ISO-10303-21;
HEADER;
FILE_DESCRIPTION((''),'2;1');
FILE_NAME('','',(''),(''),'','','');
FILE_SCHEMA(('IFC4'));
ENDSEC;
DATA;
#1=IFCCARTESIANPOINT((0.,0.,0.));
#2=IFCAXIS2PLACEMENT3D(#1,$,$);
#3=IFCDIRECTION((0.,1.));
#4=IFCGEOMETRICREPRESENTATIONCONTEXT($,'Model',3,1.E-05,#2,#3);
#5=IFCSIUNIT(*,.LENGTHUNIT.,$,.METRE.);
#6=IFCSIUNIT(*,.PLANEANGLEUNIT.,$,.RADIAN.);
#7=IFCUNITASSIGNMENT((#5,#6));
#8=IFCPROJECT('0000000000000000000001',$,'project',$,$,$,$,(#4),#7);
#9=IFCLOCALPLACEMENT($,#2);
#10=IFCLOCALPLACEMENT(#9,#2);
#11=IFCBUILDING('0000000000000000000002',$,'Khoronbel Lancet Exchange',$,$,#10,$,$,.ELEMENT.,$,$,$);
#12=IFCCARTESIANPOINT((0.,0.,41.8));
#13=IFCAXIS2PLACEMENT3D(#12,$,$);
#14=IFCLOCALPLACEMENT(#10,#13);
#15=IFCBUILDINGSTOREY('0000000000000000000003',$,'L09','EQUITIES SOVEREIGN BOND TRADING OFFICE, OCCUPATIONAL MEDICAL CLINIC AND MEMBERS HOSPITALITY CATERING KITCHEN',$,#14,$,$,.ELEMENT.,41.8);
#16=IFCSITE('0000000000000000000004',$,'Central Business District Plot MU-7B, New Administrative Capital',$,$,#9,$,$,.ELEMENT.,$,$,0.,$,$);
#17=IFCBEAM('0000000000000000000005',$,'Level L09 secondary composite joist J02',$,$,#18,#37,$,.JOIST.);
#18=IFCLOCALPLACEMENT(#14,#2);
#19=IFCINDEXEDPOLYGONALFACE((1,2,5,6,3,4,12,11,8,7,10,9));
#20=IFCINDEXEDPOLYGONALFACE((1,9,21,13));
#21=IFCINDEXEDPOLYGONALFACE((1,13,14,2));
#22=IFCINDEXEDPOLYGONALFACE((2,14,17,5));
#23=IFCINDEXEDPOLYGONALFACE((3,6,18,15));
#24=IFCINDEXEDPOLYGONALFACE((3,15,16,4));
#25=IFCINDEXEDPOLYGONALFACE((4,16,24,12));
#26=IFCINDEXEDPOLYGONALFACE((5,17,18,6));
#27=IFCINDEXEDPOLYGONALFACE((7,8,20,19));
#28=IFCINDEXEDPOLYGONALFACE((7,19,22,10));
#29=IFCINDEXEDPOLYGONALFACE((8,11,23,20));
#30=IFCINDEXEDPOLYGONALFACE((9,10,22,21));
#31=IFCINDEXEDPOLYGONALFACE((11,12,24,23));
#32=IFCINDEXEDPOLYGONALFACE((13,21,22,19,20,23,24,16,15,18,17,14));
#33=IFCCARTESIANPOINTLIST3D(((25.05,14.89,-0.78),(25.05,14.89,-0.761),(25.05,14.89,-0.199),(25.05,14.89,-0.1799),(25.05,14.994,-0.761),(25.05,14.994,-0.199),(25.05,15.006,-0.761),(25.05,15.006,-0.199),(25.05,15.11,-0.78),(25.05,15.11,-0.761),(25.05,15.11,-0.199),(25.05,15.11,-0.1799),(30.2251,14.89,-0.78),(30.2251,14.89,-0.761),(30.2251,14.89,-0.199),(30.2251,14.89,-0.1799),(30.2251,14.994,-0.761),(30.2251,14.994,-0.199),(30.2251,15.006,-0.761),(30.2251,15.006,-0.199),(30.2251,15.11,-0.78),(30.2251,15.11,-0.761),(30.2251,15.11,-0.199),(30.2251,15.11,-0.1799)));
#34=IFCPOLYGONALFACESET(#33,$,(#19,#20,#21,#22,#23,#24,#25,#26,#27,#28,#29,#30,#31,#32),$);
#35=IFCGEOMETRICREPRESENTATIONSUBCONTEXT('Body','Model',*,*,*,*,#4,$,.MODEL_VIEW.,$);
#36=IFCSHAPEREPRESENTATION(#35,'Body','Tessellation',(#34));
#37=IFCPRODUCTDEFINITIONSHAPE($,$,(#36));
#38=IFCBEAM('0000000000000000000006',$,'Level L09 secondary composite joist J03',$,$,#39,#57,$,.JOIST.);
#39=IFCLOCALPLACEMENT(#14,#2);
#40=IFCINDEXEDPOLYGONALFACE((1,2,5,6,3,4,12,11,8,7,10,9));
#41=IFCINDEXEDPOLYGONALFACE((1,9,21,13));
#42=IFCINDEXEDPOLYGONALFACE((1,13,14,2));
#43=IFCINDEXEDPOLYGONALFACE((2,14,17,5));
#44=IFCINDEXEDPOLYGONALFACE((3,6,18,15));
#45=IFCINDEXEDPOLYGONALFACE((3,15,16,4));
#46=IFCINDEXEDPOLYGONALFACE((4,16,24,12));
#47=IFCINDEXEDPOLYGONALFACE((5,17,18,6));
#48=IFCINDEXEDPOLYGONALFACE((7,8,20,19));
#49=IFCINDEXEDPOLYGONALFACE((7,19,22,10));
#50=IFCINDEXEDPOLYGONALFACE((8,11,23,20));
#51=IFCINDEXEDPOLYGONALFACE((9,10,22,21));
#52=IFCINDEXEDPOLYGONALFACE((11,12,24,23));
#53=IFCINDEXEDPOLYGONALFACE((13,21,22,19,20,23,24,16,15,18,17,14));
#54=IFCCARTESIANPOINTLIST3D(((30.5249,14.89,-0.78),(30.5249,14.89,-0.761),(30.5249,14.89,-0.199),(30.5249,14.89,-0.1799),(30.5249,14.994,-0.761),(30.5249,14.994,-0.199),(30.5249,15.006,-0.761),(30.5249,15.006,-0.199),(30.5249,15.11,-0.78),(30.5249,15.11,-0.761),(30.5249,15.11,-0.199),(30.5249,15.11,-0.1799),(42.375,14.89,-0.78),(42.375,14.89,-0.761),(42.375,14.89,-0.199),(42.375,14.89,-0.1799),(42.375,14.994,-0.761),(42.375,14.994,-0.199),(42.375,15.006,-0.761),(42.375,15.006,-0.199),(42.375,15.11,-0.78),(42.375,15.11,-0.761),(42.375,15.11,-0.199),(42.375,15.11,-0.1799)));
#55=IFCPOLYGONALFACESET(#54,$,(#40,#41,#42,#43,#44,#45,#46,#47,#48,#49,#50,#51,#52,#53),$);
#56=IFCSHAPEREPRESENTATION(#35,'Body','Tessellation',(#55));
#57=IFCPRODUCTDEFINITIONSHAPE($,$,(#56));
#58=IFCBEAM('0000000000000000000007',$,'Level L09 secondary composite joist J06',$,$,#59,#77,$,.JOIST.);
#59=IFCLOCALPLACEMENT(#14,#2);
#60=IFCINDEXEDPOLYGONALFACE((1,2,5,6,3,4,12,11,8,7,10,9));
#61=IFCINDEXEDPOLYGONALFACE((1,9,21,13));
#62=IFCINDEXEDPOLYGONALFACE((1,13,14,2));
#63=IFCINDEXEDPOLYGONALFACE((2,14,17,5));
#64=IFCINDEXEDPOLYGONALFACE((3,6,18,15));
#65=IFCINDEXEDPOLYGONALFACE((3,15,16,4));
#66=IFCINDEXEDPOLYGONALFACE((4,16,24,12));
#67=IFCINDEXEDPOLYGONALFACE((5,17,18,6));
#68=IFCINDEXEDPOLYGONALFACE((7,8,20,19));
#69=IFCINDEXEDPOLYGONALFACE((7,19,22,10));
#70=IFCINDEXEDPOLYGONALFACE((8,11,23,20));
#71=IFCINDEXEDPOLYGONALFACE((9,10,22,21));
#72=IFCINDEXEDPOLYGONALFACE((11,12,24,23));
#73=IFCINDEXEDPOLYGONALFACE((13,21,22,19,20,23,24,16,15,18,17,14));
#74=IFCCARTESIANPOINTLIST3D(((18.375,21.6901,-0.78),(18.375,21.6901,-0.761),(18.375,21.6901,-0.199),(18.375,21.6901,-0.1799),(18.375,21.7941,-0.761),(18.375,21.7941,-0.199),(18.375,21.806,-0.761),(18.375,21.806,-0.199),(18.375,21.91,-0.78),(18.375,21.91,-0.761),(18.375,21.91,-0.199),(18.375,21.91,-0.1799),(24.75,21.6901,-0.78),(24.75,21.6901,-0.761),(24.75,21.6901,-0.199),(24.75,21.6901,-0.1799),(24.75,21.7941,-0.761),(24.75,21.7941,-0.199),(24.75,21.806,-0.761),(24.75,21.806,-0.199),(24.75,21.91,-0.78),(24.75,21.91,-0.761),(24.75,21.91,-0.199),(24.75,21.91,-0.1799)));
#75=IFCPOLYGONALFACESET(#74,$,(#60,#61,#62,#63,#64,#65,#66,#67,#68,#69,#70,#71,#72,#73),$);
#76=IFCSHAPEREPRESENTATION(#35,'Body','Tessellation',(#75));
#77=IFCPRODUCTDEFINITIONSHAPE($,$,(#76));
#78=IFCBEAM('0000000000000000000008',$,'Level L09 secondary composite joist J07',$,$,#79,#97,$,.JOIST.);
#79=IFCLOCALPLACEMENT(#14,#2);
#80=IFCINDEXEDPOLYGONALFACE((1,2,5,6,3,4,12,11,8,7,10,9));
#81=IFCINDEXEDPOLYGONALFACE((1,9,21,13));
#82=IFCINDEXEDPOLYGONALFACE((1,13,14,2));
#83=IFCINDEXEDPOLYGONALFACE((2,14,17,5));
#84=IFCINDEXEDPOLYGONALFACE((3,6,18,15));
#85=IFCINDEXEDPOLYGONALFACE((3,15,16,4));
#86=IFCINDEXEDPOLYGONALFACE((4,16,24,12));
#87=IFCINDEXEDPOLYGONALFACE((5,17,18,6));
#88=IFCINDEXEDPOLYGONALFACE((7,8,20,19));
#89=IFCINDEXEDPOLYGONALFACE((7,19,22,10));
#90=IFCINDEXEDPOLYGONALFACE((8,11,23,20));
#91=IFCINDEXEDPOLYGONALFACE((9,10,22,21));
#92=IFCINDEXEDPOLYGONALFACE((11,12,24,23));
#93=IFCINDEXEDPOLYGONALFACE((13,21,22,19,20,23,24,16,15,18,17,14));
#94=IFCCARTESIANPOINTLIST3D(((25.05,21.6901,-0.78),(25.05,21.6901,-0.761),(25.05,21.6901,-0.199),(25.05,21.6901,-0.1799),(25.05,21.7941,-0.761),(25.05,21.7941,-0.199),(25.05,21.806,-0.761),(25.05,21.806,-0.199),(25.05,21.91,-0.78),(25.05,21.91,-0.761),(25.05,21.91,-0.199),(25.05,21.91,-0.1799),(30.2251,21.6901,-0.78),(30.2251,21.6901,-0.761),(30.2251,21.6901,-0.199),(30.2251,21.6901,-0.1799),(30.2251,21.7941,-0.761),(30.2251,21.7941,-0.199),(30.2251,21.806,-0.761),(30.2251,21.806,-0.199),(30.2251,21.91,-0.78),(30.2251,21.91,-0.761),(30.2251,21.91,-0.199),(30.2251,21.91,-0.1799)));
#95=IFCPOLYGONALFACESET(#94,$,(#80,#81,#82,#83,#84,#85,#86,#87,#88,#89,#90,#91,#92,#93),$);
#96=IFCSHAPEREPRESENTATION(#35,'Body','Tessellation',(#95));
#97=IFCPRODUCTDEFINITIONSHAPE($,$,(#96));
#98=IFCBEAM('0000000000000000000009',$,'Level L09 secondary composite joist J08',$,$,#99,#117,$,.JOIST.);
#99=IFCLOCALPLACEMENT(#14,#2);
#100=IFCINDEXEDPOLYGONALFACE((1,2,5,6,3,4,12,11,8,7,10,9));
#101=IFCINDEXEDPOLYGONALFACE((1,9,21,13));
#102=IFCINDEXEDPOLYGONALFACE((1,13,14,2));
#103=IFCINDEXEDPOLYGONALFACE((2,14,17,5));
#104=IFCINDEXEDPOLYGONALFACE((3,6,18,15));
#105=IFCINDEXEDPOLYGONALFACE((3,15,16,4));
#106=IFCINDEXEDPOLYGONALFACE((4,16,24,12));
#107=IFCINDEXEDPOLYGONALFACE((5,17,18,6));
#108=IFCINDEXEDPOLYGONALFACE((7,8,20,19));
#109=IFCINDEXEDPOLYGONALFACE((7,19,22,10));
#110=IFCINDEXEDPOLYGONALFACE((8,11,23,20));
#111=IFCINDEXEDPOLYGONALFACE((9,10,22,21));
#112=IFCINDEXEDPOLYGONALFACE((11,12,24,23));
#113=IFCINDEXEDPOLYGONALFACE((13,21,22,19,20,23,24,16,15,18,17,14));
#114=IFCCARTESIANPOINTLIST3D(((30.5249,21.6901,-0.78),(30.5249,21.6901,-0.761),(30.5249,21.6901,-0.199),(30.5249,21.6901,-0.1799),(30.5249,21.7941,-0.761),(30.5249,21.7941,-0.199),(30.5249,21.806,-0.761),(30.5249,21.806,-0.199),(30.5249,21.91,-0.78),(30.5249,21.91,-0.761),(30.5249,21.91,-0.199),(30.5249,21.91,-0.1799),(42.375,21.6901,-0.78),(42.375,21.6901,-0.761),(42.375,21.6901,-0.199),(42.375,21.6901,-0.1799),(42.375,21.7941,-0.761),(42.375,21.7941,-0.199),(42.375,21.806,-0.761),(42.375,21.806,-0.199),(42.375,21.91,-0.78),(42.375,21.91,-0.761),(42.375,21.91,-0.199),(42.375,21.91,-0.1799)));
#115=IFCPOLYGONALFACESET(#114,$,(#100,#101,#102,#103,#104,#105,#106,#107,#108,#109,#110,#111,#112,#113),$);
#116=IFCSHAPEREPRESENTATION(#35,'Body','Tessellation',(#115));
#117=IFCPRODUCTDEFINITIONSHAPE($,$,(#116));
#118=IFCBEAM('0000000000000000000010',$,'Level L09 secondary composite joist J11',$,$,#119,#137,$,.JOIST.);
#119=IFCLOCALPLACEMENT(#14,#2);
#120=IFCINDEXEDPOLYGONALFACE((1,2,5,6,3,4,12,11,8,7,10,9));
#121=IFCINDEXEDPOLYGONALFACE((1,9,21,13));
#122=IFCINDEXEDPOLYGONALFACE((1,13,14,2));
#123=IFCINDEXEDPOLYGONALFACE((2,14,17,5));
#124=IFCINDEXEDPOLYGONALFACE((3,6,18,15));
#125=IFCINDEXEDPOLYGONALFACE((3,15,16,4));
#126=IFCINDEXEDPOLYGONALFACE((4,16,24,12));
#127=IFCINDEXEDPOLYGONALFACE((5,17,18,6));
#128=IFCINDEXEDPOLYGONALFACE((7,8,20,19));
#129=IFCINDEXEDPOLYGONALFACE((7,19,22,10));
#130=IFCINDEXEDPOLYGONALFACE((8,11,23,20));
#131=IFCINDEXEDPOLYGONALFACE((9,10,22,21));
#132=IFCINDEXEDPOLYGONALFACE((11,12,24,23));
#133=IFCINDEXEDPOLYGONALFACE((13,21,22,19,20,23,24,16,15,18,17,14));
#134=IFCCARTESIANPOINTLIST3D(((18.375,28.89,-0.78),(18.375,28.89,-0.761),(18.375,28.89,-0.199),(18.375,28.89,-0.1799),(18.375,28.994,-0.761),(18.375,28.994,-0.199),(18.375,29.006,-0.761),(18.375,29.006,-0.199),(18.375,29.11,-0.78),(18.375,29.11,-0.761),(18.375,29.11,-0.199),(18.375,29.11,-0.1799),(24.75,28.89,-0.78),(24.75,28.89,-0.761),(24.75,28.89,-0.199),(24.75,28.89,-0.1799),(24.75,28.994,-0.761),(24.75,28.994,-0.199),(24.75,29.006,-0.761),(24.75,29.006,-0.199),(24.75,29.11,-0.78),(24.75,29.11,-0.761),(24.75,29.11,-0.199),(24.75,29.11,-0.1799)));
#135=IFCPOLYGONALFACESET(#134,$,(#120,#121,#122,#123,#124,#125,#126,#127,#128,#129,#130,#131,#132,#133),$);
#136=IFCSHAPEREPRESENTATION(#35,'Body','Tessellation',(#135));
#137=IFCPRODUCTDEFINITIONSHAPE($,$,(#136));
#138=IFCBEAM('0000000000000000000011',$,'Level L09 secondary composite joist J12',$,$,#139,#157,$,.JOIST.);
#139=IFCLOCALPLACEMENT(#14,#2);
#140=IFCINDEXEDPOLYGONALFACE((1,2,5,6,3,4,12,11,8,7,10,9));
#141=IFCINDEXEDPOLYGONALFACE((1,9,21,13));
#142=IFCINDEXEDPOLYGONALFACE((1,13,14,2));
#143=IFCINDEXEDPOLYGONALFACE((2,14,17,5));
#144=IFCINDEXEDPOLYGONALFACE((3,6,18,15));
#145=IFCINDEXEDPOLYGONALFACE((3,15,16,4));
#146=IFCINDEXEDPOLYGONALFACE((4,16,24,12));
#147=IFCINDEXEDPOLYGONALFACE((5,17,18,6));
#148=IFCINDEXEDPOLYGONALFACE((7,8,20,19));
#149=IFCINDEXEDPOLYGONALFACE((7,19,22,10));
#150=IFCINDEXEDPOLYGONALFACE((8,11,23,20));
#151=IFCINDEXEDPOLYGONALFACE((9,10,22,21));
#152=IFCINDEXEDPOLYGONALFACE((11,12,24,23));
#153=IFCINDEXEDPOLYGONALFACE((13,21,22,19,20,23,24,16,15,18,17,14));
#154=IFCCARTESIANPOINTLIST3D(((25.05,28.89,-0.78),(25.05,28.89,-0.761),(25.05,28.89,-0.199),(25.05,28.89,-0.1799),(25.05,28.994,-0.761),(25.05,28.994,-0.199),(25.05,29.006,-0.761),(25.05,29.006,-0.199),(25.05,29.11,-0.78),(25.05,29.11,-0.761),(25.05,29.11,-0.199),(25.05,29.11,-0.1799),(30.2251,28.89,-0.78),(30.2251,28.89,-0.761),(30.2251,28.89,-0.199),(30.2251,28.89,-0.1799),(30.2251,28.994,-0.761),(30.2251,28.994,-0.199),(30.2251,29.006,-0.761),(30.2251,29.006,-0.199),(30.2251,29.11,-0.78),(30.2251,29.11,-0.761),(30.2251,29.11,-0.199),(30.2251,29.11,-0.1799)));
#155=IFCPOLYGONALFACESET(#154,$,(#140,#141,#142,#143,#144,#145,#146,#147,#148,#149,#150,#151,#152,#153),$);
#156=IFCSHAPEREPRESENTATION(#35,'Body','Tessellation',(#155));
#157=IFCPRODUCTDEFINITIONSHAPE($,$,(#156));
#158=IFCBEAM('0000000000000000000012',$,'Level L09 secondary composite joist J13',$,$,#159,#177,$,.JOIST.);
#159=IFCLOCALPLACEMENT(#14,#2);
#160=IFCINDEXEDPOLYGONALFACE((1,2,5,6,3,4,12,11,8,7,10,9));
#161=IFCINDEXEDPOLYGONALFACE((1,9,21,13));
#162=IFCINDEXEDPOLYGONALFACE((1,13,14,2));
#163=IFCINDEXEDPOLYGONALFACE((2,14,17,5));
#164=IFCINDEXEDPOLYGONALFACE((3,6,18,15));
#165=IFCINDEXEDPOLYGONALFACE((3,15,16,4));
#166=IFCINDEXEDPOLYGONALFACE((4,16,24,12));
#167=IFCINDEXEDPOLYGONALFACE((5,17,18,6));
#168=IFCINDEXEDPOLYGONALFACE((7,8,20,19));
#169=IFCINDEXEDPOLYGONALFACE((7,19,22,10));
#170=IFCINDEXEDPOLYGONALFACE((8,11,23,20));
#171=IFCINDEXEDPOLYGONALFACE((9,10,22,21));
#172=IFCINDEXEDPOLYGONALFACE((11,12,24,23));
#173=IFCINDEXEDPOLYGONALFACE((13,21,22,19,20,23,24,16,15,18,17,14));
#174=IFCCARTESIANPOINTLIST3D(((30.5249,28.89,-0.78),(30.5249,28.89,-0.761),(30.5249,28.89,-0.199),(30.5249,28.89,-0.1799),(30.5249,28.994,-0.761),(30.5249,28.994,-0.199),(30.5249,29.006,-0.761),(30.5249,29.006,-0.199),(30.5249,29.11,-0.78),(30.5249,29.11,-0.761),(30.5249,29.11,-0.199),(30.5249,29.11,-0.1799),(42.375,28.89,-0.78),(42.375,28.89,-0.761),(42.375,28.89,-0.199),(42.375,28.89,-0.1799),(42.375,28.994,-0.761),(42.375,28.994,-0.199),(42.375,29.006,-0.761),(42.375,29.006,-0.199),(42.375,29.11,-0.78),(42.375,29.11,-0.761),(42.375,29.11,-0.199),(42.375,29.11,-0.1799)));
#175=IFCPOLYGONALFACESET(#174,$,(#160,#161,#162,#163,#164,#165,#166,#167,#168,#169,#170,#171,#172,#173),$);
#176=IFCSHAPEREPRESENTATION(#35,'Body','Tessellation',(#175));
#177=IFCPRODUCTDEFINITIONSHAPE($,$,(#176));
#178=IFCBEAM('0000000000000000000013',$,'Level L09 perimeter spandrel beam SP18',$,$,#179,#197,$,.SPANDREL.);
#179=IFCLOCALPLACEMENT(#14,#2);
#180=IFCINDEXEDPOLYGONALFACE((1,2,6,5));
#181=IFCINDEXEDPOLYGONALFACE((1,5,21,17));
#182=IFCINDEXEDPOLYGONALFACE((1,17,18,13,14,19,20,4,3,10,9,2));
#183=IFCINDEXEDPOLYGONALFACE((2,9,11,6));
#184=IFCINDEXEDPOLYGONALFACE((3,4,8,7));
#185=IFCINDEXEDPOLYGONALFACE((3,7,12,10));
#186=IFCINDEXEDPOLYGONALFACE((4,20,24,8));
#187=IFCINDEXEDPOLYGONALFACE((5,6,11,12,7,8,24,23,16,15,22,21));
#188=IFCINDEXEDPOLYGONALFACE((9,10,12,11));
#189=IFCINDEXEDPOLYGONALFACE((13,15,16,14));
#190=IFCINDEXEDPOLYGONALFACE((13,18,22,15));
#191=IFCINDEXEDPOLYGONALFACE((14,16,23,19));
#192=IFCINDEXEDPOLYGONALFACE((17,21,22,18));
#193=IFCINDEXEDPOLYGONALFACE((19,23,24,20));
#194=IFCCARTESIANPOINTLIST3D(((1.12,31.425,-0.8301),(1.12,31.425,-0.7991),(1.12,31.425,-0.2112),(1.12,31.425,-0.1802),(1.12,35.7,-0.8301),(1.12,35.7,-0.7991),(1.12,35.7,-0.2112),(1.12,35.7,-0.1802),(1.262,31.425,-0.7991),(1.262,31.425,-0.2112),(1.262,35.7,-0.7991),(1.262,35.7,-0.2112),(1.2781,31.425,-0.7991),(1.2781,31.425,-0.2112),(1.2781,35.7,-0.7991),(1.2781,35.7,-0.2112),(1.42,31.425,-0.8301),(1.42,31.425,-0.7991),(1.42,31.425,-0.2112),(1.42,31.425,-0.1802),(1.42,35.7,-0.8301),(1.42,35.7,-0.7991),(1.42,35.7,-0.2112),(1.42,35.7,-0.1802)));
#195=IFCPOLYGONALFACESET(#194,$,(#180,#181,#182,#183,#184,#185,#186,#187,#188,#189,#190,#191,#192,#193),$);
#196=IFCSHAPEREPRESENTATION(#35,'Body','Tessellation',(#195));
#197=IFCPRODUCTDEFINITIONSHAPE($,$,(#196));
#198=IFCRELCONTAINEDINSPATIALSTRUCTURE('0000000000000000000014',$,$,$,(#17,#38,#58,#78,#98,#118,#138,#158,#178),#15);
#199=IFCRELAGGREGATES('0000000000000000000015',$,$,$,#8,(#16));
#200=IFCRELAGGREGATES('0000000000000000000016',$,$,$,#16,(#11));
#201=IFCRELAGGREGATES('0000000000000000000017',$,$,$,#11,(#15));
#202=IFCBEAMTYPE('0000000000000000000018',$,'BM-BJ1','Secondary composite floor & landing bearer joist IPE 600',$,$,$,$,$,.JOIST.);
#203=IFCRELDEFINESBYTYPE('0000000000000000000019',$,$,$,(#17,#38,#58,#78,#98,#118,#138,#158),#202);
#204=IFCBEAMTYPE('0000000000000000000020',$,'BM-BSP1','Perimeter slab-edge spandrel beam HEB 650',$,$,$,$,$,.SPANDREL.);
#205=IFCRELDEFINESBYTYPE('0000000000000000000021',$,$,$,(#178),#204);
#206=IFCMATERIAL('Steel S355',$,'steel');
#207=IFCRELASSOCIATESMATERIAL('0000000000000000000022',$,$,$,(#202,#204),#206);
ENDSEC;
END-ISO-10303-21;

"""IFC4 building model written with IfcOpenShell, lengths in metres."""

from ifc_helpers import new_model, si_unit, direction, frame, origin, origin_2d, place, context, subcontext, project, spatial, i_section, extrude, material, material_profile, profile_set, type_object, element, save


model = new_model("IFC4")

# Units and contexts
model_context = context("Model", 3, precision=1e-05, world=origin(), true_north=direction((0.0, 1.0)))
body_context = subcontext(model_context, "Body", "Model", "MODEL_VIEW")
ifc_project = project(units=[si_unit("LENGTHUNIT", "METRE"), si_unit("PLANEANGLEUNIT", "RADIAN")], contexts=[model_context])

# Site, building, storey
site_placement = place(None, origin())
site = spatial("IfcSite", under=ifc_project, at=site_placement, Name="Central Business District Plot MU-7B, New Administrative Capital", CompositionType="ELEMENT", RefElevation=0.0)
building_placement = place(site_placement, origin())
building = spatial("IfcBuilding", under=site, at=building_placement, Name="Khoronbel Lancet Exchange", CompositionType="ELEMENT")
storey_placement = place(building_placement, frame((0.0, 0.0, 41.8)))
storey = spatial("IfcBuildingStorey", under=building, at=storey_placement, Name="L09", Description="EQUITIES SOVEREIGN BOND TRADING OFFICE, OCCUPATIONAL MEDICAL CLINIC AND MEMBERS HOSPITALITY CATERING KITCHEN", CompositionType="ELEMENT", Elevation=41.8)

# Shared definitions
ifc_material_1 = material(Name="Steel S355", Category="steel")

# Beams
ifc_material_profile_1 = material_profile(ifc_material_1, i_section(OverallWidth=0.22, OverallDepth=0.6001, WebThickness=0.012, FlangeThickness=0.019, at=origin_2d()), Name="IPE 600")
ifc_profile_set_1 = profile_set([ifc_material_profile_1], Name="Steel S355")
beam_type_1 = type_object("IfcBeamType", Name="BM-BJ1", Description="Secondary composite floor & landing bearer joist IPE 600", PredefinedType="JOIST", material=ifc_profile_set_1)
beam_1_placement = place(storey_placement, frame((25.05, 15.0, -0.48), z_axis=(1.0, 0.0, 0.0), x_axis=(0.0, 1.0, 0.0)))
element("IfcBeam", 1, at=beam_1_placement, inside=storey, type_object=beam_type_1, Name="Level L09 secondary composite joist J02", PredefinedType="JOIST", context=body_context, shape_type="SweptSolid", body=[
    extrude(i_section(OverallWidth=0.22, OverallDepth=0.6001, WebThickness=0.012, FlangeThickness=0.019, at=origin_2d()), origin(), (0.0, 0.0, 1.0), 5.175),
])
beam_2_placement = place(storey_placement, frame((30.5249, 15.0, -0.48), z_axis=(1.0, 0.0, 0.0), x_axis=(0.0, 1.0, 0.0)))
element("IfcBeam", 2, at=beam_2_placement, inside=storey, type_object=beam_type_1, Name="Level L09 secondary composite joist J03", PredefinedType="JOIST", context=body_context, shape_type="SweptSolid", body=[
    extrude(i_section(OverallWidth=0.22, OverallDepth=0.6001, WebThickness=0.012, FlangeThickness=0.019, at=origin_2d()), origin(), (0.0, 0.0, 1.0), 11.8501),
])
beam_3_placement = place(storey_placement, frame((18.375, 21.8, -0.48), z_axis=(1.0, 0.0, 0.0), x_axis=(0.0, 1.0, 0.0)))
element("IfcBeam", 3, at=beam_3_placement, inside=storey, type_object=beam_type_1, Name="Level L09 secondary composite joist J06", PredefinedType="JOIST", context=body_context, shape_type="SweptSolid", body=[
    extrude(i_section(OverallWidth=0.22, OverallDepth=0.6001, WebThickness=0.012, FlangeThickness=0.019, at=origin_2d()), origin(), (0.0, 0.0, 1.0), 6.375),
])
beam_4_placement = place(storey_placement, frame((25.05, 21.8, -0.48), z_axis=(1.0, 0.0, 0.0), x_axis=(0.0, 1.0, 0.0)))
element("IfcBeam", 4, at=beam_4_placement, inside=storey, type_object=beam_type_1, Name="Level L09 secondary composite joist J07", PredefinedType="JOIST", context=body_context, shape_type="SweptSolid", body=[
    extrude(i_section(OverallWidth=0.22, OverallDepth=0.6001, WebThickness=0.012, FlangeThickness=0.019, at=origin_2d()), origin(), (0.0, 0.0, 1.0), 5.175),
])
beam_5_placement = place(storey_placement, frame((30.5249, 21.8, -0.48), z_axis=(1.0, 0.0, 0.0), x_axis=(0.0, 1.0, 0.0)))
element("IfcBeam", 5, at=beam_5_placement, inside=storey, type_object=beam_type_1, Name="Level L09 secondary composite joist J08", PredefinedType="JOIST", context=body_context, shape_type="SweptSolid", body=[
    extrude(i_section(OverallWidth=0.22, OverallDepth=0.6001, WebThickness=0.012, FlangeThickness=0.019, at=origin_2d()), origin(), (0.0, 0.0, 1.0), 11.8501),
])
beam_6_placement = place(storey_placement, frame((18.375, 29.0, -0.48), z_axis=(1.0, 0.0, 0.0), x_axis=(0.0, 1.0, 0.0)))
element("IfcBeam", 6, at=beam_6_placement, inside=storey, type_object=beam_type_1, Name="Level L09 secondary composite joist J11", PredefinedType="JOIST", context=body_context, shape_type="SweptSolid", body=[
    extrude(i_section(OverallWidth=0.22, OverallDepth=0.6001, WebThickness=0.012, FlangeThickness=0.019, at=origin_2d()), origin(), (0.0, 0.0, 1.0), 6.375),
])
beam_7_placement = place(storey_placement, frame((25.05, 29.0, -0.48), z_axis=(1.0, 0.0, 0.0), x_axis=(0.0, 1.0, 0.0)))
element("IfcBeam", 7, at=beam_7_placement, inside=storey, type_object=beam_type_1, Name="Level L09 secondary composite joist J12", PredefinedType="JOIST", context=body_context, shape_type="SweptSolid", body=[
    extrude(i_section(OverallWidth=0.22, OverallDepth=0.6001, WebThickness=0.012, FlangeThickness=0.019, at=origin_2d()), origin(), (0.0, 0.0, 1.0), 5.175),
])
beam_8_placement = place(storey_placement, frame((30.5249, 29.0, -0.48), z_axis=(1.0, 0.0, 0.0), x_axis=(0.0, 1.0, 0.0)))
element("IfcBeam", 8, at=beam_8_placement, inside=storey, type_object=beam_type_1, Name="Level L09 secondary composite joist J13", PredefinedType="JOIST", context=body_context, shape_type="SweptSolid", body=[
    extrude(i_section(OverallWidth=0.22, OverallDepth=0.6001, WebThickness=0.012, FlangeThickness=0.019, at=origin_2d()), origin(), (0.0, 0.0, 1.0), 11.8501),
])
ifc_material_profile_2 = material_profile(ifc_material_1, i_section(OverallWidth=0.3, OverallDepth=0.6499, WebThickness=0.0161, FlangeThickness=0.031, at=origin_2d()), Name="HEB 650")
ifc_profile_set_2 = profile_set([ifc_material_profile_2], Name="Steel S355")
beam_type_2 = type_object("IfcBeamType", Name="BM-BSP1", Description="Perimeter slab-edge spandrel beam HEB 650", PredefinedType="SPANDREL", material=ifc_profile_set_2)
beam_9_placement = place(storey_placement, frame((1.27, 35.7, -0.5051), z_axis=(0.0, -1.0, 0.0), x_axis=(1.0, 0.0, 0.0)))
element("IfcBeam", 9, at=beam_9_placement, inside=storey, type_object=beam_type_2, Name="Level L09 perimeter spandrel beam SP18", PredefinedType="SPANDREL", context=body_context, shape_type="SweptSolid", body=[
    extrude(i_section(OverallWidth=0.3, OverallDepth=0.6499, WebThickness=0.0161, FlangeThickness=0.031, at=origin_2d()), origin(), (0.0, 0.0, 1.0), 4.2749),
])

save(model, "model.ifc")
